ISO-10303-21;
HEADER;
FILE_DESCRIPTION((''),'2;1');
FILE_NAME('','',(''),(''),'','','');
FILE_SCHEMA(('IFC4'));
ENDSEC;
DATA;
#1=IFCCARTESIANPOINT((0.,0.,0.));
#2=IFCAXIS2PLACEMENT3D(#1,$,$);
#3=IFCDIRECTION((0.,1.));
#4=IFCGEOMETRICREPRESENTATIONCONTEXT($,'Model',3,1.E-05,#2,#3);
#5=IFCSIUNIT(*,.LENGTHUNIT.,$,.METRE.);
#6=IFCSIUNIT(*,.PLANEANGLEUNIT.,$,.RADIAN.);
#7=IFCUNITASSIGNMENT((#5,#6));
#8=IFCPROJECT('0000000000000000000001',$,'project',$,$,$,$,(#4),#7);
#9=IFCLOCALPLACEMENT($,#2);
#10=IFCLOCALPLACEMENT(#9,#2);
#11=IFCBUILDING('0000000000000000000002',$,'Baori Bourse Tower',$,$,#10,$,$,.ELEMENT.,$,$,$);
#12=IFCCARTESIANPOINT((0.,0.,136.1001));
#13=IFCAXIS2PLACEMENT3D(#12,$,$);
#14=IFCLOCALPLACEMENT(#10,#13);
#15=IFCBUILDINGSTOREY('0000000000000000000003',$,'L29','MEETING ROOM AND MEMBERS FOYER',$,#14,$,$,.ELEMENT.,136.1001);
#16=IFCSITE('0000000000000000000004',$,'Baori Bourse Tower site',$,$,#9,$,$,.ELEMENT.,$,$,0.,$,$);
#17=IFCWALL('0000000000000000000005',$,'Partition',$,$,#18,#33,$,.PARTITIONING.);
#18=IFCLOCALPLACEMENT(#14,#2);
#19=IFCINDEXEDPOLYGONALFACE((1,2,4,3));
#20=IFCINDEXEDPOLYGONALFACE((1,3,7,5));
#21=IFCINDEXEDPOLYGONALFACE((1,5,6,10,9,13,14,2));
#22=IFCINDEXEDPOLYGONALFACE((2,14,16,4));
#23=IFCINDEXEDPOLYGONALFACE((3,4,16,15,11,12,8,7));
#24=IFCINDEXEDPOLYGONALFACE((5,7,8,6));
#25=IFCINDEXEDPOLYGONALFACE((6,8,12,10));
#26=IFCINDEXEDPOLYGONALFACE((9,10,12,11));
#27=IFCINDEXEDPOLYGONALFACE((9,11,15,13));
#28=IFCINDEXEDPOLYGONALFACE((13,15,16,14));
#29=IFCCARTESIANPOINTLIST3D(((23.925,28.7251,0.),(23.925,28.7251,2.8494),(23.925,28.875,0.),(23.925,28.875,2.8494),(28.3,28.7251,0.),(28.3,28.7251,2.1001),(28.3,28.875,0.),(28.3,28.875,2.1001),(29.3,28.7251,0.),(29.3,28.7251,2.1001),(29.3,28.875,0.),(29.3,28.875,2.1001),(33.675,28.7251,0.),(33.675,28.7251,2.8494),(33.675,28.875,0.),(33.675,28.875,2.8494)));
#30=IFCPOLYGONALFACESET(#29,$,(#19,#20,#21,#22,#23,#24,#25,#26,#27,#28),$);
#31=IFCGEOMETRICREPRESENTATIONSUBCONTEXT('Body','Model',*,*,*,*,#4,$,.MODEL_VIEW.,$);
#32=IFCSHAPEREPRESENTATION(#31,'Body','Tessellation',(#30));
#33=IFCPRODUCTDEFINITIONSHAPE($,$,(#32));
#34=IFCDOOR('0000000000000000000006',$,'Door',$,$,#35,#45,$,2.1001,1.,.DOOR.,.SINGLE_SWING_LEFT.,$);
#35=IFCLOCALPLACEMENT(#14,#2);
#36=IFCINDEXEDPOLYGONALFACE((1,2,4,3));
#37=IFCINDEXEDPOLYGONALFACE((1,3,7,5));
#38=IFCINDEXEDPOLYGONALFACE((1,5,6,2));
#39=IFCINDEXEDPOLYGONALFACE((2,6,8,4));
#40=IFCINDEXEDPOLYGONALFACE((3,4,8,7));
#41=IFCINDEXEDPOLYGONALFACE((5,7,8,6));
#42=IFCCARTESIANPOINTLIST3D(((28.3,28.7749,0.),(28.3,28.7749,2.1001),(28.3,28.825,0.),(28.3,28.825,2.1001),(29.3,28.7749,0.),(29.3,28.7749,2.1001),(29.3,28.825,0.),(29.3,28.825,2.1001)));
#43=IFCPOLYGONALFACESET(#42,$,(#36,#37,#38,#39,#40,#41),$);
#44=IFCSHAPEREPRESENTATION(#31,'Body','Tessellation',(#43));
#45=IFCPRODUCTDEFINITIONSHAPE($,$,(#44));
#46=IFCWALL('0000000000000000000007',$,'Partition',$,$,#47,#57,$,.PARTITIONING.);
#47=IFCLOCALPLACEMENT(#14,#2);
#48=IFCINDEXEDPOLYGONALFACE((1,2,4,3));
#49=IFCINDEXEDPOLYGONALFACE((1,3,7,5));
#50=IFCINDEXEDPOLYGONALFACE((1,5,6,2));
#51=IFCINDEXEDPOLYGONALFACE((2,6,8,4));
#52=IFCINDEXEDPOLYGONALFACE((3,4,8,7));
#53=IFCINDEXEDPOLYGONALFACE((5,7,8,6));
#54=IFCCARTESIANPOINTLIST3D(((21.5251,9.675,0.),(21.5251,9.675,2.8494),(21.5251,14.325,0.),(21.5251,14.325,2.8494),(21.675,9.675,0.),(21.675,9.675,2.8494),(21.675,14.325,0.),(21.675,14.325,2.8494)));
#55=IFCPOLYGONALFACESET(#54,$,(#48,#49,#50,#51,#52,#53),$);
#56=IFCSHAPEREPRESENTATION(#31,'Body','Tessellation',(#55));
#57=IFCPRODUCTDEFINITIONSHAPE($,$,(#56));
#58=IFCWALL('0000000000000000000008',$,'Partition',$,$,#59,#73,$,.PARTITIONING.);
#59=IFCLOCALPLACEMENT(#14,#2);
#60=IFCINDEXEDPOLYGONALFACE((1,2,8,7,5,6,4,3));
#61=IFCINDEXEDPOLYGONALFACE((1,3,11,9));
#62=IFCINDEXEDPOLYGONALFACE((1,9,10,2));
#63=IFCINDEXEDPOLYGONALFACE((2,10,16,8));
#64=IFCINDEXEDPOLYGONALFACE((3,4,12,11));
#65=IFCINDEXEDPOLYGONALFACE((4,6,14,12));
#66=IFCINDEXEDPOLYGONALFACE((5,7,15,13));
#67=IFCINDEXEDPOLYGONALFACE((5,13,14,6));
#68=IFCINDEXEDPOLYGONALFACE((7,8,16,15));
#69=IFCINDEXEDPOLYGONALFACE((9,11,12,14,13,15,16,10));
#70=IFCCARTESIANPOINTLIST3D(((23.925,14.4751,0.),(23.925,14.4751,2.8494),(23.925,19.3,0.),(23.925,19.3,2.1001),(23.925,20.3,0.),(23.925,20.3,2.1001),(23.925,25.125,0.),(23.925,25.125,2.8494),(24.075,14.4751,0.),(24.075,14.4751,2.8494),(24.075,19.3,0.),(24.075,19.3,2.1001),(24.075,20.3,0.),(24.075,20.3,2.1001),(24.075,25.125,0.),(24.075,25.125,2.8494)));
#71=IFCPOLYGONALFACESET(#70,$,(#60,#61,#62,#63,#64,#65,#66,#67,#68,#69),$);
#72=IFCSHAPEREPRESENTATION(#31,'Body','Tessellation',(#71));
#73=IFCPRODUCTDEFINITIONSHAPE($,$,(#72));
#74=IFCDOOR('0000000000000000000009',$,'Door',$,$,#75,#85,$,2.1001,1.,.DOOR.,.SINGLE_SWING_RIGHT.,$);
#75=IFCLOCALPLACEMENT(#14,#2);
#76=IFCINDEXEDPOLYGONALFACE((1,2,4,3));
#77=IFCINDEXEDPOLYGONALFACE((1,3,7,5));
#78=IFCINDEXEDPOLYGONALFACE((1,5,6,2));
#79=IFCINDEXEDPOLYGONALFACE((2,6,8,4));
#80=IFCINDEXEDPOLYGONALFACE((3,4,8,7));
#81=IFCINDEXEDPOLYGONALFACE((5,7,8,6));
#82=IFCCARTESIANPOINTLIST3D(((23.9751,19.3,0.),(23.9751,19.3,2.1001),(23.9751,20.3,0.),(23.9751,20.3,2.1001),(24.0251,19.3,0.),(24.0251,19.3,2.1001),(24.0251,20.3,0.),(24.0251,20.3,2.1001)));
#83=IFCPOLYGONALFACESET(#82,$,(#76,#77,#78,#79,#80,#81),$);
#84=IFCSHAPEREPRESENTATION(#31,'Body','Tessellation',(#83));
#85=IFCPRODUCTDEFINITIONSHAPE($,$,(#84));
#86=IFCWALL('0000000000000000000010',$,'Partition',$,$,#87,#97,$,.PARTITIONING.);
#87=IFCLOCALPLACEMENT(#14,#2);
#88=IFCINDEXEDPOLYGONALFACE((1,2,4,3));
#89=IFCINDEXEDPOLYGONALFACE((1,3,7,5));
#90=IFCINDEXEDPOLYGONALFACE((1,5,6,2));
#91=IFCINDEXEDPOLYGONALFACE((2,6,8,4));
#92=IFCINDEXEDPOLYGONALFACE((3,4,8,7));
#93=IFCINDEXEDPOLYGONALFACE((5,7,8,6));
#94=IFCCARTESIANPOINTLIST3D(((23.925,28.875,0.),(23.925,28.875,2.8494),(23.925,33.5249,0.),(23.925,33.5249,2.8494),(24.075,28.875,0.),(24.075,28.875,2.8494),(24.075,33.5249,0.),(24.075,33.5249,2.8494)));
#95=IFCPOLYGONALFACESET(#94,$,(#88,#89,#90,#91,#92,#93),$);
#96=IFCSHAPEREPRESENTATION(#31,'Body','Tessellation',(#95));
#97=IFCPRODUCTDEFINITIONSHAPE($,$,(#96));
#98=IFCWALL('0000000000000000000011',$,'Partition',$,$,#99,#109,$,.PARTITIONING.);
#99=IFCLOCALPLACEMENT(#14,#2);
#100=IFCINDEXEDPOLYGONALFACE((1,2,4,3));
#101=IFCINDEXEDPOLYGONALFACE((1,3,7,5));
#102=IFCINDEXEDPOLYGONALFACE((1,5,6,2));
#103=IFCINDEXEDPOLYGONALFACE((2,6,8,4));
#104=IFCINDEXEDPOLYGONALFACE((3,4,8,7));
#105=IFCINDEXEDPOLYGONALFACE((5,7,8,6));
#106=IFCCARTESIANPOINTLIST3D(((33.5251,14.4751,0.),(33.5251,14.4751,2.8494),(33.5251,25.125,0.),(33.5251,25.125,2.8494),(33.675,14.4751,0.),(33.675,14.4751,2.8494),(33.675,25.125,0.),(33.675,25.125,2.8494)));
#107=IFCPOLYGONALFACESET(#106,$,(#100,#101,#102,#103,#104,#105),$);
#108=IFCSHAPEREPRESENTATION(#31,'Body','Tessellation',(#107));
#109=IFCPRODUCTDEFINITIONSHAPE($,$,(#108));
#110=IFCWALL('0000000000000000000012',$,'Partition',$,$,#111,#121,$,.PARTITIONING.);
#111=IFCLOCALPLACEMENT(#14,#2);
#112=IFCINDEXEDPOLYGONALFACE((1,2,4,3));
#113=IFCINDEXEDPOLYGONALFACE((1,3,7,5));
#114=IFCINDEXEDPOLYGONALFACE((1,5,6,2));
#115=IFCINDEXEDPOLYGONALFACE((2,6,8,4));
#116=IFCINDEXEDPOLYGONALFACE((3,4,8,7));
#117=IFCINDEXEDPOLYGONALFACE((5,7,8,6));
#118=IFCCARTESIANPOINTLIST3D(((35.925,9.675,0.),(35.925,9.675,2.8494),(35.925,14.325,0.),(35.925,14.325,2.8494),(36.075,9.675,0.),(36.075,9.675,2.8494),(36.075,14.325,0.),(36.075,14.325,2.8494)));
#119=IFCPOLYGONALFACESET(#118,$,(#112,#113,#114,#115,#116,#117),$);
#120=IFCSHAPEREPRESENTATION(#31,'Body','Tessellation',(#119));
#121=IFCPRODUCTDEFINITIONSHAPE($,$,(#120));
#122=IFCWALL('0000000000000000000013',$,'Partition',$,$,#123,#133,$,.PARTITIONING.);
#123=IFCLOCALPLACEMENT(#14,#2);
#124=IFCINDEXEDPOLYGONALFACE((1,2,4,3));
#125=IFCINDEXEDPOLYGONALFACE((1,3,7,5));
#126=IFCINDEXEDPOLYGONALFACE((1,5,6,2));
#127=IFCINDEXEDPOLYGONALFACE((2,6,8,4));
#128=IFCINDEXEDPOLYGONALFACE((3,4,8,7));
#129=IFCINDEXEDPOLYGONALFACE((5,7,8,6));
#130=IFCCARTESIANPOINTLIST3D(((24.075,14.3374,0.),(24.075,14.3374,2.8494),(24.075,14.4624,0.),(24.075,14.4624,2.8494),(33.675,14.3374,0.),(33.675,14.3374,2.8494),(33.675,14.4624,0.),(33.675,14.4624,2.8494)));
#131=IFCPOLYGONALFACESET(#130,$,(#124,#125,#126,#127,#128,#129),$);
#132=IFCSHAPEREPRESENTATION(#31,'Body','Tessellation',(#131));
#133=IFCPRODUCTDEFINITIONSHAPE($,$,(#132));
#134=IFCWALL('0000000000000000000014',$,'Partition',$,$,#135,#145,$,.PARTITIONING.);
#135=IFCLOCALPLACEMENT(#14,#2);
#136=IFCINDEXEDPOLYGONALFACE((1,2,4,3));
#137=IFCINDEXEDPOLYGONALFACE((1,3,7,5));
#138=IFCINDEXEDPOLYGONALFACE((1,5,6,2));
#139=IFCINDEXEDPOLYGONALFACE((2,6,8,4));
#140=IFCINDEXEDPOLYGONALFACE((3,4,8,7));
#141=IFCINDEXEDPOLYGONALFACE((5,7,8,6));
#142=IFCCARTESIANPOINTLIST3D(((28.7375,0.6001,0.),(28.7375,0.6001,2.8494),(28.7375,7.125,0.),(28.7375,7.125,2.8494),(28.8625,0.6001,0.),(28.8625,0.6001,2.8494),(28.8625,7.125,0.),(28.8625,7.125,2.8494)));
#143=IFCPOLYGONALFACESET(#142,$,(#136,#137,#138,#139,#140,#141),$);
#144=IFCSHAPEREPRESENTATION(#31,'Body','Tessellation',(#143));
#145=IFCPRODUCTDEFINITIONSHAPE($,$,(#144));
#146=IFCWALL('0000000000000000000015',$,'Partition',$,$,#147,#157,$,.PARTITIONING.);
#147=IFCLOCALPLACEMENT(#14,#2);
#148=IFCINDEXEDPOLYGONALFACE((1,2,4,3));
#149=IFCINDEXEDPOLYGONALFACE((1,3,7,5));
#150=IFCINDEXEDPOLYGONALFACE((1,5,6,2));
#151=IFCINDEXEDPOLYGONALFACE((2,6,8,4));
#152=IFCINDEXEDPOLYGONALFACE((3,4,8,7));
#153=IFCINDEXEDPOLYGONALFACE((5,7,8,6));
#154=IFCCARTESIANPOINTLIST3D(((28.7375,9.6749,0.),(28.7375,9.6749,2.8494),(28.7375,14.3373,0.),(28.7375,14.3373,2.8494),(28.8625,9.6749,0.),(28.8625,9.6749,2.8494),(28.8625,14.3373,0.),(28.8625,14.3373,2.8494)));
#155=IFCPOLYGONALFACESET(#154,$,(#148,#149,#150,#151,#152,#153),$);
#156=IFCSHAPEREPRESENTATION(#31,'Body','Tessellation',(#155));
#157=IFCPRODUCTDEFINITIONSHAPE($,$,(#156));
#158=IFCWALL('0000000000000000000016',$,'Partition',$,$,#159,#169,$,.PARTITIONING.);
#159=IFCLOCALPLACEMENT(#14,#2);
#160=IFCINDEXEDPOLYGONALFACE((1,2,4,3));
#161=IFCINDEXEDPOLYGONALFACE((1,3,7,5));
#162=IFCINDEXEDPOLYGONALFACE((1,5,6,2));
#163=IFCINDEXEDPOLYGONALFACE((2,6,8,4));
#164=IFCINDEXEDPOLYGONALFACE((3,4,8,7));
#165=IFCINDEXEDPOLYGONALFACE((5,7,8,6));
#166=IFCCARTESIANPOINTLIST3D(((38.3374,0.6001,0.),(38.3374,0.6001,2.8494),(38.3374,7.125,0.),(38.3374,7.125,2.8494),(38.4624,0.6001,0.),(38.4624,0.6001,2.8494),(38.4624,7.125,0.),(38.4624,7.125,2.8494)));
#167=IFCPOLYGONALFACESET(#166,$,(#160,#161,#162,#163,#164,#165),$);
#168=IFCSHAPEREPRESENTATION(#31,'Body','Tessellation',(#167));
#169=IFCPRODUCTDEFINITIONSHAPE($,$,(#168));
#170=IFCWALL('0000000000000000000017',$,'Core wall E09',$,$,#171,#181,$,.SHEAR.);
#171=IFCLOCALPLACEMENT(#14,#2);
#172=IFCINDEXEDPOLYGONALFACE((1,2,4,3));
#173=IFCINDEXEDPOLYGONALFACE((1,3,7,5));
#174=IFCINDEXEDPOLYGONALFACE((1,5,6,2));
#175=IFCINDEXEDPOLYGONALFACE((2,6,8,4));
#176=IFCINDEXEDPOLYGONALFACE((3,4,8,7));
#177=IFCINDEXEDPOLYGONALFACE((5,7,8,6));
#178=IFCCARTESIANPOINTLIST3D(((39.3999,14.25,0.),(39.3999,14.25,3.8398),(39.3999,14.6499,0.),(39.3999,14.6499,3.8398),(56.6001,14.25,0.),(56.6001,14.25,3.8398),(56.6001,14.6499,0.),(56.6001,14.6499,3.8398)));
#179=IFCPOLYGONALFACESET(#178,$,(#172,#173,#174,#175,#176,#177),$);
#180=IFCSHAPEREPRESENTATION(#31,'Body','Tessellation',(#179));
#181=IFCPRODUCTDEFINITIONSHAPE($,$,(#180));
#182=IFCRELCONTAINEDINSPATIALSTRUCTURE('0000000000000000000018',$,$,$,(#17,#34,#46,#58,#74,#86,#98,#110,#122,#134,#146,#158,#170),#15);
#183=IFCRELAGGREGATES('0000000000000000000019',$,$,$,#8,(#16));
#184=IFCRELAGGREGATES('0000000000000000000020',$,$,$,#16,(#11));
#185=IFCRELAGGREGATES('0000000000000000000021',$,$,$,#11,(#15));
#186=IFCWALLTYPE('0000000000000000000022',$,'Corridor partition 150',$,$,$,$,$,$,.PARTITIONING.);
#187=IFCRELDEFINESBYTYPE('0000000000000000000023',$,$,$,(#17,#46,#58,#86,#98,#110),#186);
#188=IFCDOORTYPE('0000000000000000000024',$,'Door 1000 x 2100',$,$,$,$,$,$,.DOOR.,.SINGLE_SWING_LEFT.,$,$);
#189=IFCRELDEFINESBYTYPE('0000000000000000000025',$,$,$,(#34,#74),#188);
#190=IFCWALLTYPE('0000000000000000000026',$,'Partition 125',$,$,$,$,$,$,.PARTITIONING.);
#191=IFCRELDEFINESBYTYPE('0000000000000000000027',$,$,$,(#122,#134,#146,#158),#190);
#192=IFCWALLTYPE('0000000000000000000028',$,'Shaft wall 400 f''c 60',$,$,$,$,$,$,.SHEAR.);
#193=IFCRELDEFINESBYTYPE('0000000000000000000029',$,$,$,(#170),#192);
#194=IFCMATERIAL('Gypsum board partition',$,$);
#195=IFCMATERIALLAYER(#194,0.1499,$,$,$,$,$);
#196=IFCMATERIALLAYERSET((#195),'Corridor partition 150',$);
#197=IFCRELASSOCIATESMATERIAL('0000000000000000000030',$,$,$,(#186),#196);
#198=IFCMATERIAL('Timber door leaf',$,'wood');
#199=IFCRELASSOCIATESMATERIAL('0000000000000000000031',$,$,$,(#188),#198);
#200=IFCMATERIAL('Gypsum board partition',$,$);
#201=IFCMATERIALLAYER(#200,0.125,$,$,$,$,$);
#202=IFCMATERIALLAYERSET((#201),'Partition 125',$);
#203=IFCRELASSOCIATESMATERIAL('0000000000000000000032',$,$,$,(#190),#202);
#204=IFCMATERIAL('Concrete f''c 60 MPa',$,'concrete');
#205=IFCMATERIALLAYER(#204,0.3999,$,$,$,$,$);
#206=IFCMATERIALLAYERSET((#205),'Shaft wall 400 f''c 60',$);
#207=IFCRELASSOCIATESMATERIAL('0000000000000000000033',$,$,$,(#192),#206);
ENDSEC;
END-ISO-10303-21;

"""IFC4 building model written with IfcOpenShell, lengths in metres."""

from ifc_helpers import new_model, si_unit, direction, frame, frame_2d, origin, place, context, subcontext, project, spatial, rectangle, extrude, material, layer, layer_set, type_object, element, fill, save


model = new_model("IFC4")

# Units and contexts
model_context = context("Model", 3, precision=1e-05, world=origin(), true_north=direction((0.0, 1.0)))
body_context = subcontext(model_context, "Body", "Model", "MODEL_VIEW")
ifc_project = project(units=[si_unit("LENGTHUNIT", "METRE"), si_unit("PLANEANGLEUNIT", "RADIAN")], contexts=[model_context])

# Site, building, storey
site_placement = place(None, origin())
site = spatial("IfcSite", under=ifc_project, at=site_placement, Name="Baori Bourse Tower site", CompositionType="ELEMENT", RefElevation=0.0)
building_placement = place(site_placement, origin())
building = spatial("IfcBuilding", under=site, at=building_placement, Name="Baori Bourse Tower", CompositionType="ELEMENT")
storey_placement = place(building_placement, frame((0.0, 0.0, 136.1001)))
storey = spatial("IfcBuildingStorey", under=building, at=storey_placement, Name="L29", Description="MEETING ROOM AND MEMBERS FOYER", CompositionType="ELEMENT", Elevation=136.1001)

# Shared definitions
ifc_material_1 = material(Name="Gypsum board partition")
ifc_layer_1 = layer(ifc_material_1, 0.1499)
ifc_layer_set_1 = layer_set([ifc_layer_1], Name="Corridor partition 150")
wall_type_1 = type_object("IfcWallType", Name="Corridor partition 150", PredefinedType="PARTITIONING", material=ifc_layer_set_1)

# Wall, opening, door
wall_1_placement = place(storey_placement, frame((23.925, 28.8, 0.0), z_axis=(0.0, 0.0, 1.0), x_axis=(1.0, 0.0, 0.0)))
wall_1 = element("IfcWall", 1, at=wall_1_placement, inside=storey, type_object=wall_type_1, Name="Partition", PredefinedType="PARTITIONING", context=body_context, shape_type="SweptSolid", body=[
    extrude(rectangle(XDim=9.75, YDim=0.1499, at=frame_2d((4.875, 0.0))), origin(), (0.0, 0.0, 1.0), 2.8494),
])
opening_1_placement = place(wall_1_placement, frame((4.375, 0.0, 0.0)))
opening_1 = element("IfcOpeningElement", 2, at=opening_1_placement, cuts=wall_1, PredefinedType="OPENING", context=body_context, shape_type="SweptSolid", body=[
    extrude(rectangle(XDim=1.0, YDim=2.1001, at=frame_2d((0.5, 1.05))), frame((0.0, 0.085, 0.0), z_axis=(0.0, -1.0, 0.0), x_axis=(1.0, 0.0, 0.0)), (0.0, 0.0, 1.0), 0.1699),
])
ifc_material_2 = material(Name="Timber door leaf", Category="wood")
door_type_1 = type_object("IfcDoorType", Name="Door 1000 x 2100", OperationType="SINGLE_SWING_LEFT", PredefinedType="DOOR", material=ifc_material_2)
door_1_placement = place(opening_1_placement, origin())
door_1 = element("IfcDoor", 3, at=door_1_placement, inside=storey, type_object=door_type_1, Name="Door", OperationType="SINGLE_SWING_LEFT", OverallHeight=2.1001, OverallWidth=1.0, PredefinedType="DOOR", context=body_context, shape_type="SweptSolid", body=[
    extrude(rectangle(XDim=1.0, YDim=2.1001, at=frame_2d((0.5, 1.05))), frame((0.0, 0.0249, 0.0), z_axis=(0.0, -1.0, 0.0), x_axis=(1.0, 0.0, 0.0)), (0.0, 0.0, 1.0), 0.05),
])
fill(opening_1, door_1)

# Wall
wall_2_placement = place(storey_placement, frame((21.6001, 9.675, 0.0), z_axis=(0.0, 0.0, 1.0), x_axis=(0.0, 1.0, 0.0)))
element("IfcWall", 4, at=wall_2_placement, inside=storey, type_object=wall_type_1, Name="Partition", PredefinedType="PARTITIONING", context=body_context, shape_type="SweptSolid", body=[
    extrude(rectangle(XDim=4.6499, YDim=0.1499, at=frame_2d((2.325, 0.0))), origin(), (0.0, 0.0, 1.0), 2.8494),
])

# Wall, opening, door
wall_3_placement = place(storey_placement, frame((24.0, 14.4751, 0.0), z_axis=(0.0, 0.0, 1.0), x_axis=(0.0, 1.0, 0.0)))
wall_3 = element("IfcWall", 5, at=wall_3_placement, inside=storey, type_object=wall_type_1, Name="Partition", PredefinedType="PARTITIONING", context=body_context, shape_type="SweptSolid", body=[
    extrude(rectangle(XDim=10.6499, YDim=0.1499, at=frame_2d((5.325, 0.0))), origin(), (0.0, 0.0, 1.0), 2.8494),
])
opening_2_placement = place(wall_3_placement, frame((4.825, 0.0, 0.0)))
opening_2 = element("IfcOpeningElement", 6, at=opening_2_placement, cuts=wall_3, PredefinedType="OPENING", context=body_context, shape_type="SweptSolid", body=[
    extrude(rectangle(XDim=1.0, YDim=2.1001, at=frame_2d((0.5, 1.05))), frame((0.0, 0.085, 0.0), z_axis=(0.0, -1.0, 0.0), x_axis=(1.0, 0.0, 0.0)), (0.0, 0.0, 1.0), 0.1699),
])
door_2_placement = place(opening_2_placement, origin())
door_2 = element("IfcDoor", 7, at=door_2_placement, inside=storey, type_object=door_type_1, Name="Door", OperationType="SINGLE_SWING_RIGHT", OverallHeight=2.1001, OverallWidth=1.0, PredefinedType="DOOR", context=body_context, shape_type="SweptSolid", body=[
    extrude(rectangle(XDim=1.0, YDim=2.1001, at=frame_2d((0.5, 1.05))), frame((0.0, 0.0249, 0.0), z_axis=(0.0, -1.0, 0.0), x_axis=(1.0, 0.0, 0.0)), (0.0, 0.0, 1.0), 0.05),
])
fill(opening_2, door_2)

# Walls
wall_4_placement = place(storey_placement, frame((24.0, 28.875, 0.0), z_axis=(0.0, 0.0, 1.0), x_axis=(0.0, 1.0, 0.0)))
element("IfcWall", 8, at=wall_4_placement, inside=storey, type_object=wall_type_1, Name="Partition", PredefinedType="PARTITIONING", context=body_context, shape_type="SweptSolid", body=[
    extrude(rectangle(XDim=4.6499, YDim=0.1499, at=frame_2d((2.325, 0.0))), origin(), (0.0, 0.0, 1.0), 2.8494),
])
wall_5_placement = place(storey_placement, frame((33.6001, 14.4751, 0.0), z_axis=(0.0, 0.0, 1.0), x_axis=(0.0, 1.0, 0.0)))
element("IfcWall", 9, at=wall_5_placement, inside=storey, type_object=wall_type_1, Name="Partition", PredefinedType="PARTITIONING", context=body_context, shape_type="SweptSolid", body=[
    extrude(rectangle(XDim=10.6499, YDim=0.1499, at=frame_2d((5.325, 0.0))), origin(), (0.0, 0.0, 1.0), 2.8494),
])
wall_6_placement = place(storey_placement, frame((36.0, 9.675, 0.0), z_axis=(0.0, 0.0, 1.0), x_axis=(0.0, 1.0, 0.0)))
element("IfcWall", 10, at=wall_6_placement, inside=storey, type_object=wall_type_1, Name="Partition", PredefinedType="PARTITIONING", context=body_context, shape_type="SweptSolid", body=[
    extrude(rectangle(XDim=4.6499, YDim=0.1499, at=frame_2d((2.325, 0.0))), origin(), (0.0, 0.0, 1.0), 2.8494),
])
ifc_material_3 = material(Name="Gypsum board partition")
ifc_layer_2 = layer(ifc_material_3, 0.125)
ifc_layer_set_2 = layer_set([ifc_layer_2], Name="Partition 125")
wall_type_2 = type_object("IfcWallType", Name="Partition 125", PredefinedType="PARTITIONING", material=ifc_layer_set_2)
wall_7_placement = place(storey_placement, frame((24.075, 14.3999, 0.0), z_axis=(0.0, 0.0, 1.0), x_axis=(1.0, 0.0, 0.0)))
element("IfcWall", 11, at=wall_7_placement, inside=storey, type_object=wall_type_2, Name="Partition", PredefinedType="PARTITIONING", context=body_context, shape_type="SweptSolid", body=[
    extrude(rectangle(XDim=9.6001, YDim=0.125, at=frame_2d((4.8, 0.0))), origin(), (0.0, 0.0, 1.0), 2.8494),
])
wall_8_placement = place(storey_placement, frame((28.8, 0.6001, 0.0), z_axis=(0.0, 0.0, 1.0), x_axis=(0.0, 1.0, 0.0)))
element("IfcWall", 12, at=wall_8_placement, inside=storey, type_object=wall_type_2, Name="Partition", PredefinedType="PARTITIONING", context=body_context, shape_type="SweptSolid", body=[
    extrude(rectangle(XDim=6.5249, YDim=0.125, at=frame_2d((3.2625, 0.0))), origin(), (0.0, 0.0, 1.0), 2.8494),
])
wall_9_placement = place(storey_placement, frame((28.8, 9.675, 0.0), z_axis=(0.0, 0.0, 1.0), x_axis=(0.0, 1.0, 0.0)))
element("IfcWall", 13, at=wall_9_placement, inside=storey, type_object=wall_type_2, Name="Partition", PredefinedType="PARTITIONING", context=body_context, shape_type="SweptSolid", body=[
    extrude(rectangle(XDim=4.6624, YDim=0.125, at=frame_2d((2.3311, 0.0))), origin(), (0.0, 0.0, 1.0), 2.8494),
])
wall_10_placement = place(storey_placement, frame((38.3999, 0.6001, 0.0), z_axis=(0.0, 0.0, 1.0), x_axis=(0.0, 1.0, 0.0)))
element("IfcWall", 14, at=wall_10_placement, inside=storey, type_object=wall_type_2, Name="Partition", PredefinedType="PARTITIONING", context=body_context, shape_type="SweptSolid", body=[
    extrude(rectangle(XDim=6.5249, YDim=0.125, at=frame_2d((3.2625, 0.0))), origin(), (0.0, 0.0, 1.0), 2.8494),
])
ifc_material_4 = material(Name="Concrete f'c 60 MPa", Category="concrete")
ifc_layer_3 = layer(ifc_material_4, 0.3999)
ifc_layer_set_3 = layer_set([ifc_layer_3], Name="Shaft wall 400 f'c 60")
wall_type_3 = type_object("IfcWallType", Name="Shaft wall 400 f'c 60", PredefinedType="SHEAR", material=ifc_layer_set_3)
wall_11_placement = place(storey_placement, frame((39.3999, 14.45, 0.0), z_axis=(0.0, 0.0, 1.0), x_axis=(1.0, 0.0, 0.0)))
element("IfcWall", 15, at=wall_11_placement, inside=storey, type_object=wall_type_3, Name="Core wall E09", PredefinedType="SHEAR", context=body_context, shape_type="SweptSolid", body=[
    extrude(rectangle(XDim=17.2002, YDim=0.3999, at=frame_2d((8.6001, 0.0))), origin(), (0.0, 0.0, 1.0), 3.8398),
])

save(model, "model.ifc")
